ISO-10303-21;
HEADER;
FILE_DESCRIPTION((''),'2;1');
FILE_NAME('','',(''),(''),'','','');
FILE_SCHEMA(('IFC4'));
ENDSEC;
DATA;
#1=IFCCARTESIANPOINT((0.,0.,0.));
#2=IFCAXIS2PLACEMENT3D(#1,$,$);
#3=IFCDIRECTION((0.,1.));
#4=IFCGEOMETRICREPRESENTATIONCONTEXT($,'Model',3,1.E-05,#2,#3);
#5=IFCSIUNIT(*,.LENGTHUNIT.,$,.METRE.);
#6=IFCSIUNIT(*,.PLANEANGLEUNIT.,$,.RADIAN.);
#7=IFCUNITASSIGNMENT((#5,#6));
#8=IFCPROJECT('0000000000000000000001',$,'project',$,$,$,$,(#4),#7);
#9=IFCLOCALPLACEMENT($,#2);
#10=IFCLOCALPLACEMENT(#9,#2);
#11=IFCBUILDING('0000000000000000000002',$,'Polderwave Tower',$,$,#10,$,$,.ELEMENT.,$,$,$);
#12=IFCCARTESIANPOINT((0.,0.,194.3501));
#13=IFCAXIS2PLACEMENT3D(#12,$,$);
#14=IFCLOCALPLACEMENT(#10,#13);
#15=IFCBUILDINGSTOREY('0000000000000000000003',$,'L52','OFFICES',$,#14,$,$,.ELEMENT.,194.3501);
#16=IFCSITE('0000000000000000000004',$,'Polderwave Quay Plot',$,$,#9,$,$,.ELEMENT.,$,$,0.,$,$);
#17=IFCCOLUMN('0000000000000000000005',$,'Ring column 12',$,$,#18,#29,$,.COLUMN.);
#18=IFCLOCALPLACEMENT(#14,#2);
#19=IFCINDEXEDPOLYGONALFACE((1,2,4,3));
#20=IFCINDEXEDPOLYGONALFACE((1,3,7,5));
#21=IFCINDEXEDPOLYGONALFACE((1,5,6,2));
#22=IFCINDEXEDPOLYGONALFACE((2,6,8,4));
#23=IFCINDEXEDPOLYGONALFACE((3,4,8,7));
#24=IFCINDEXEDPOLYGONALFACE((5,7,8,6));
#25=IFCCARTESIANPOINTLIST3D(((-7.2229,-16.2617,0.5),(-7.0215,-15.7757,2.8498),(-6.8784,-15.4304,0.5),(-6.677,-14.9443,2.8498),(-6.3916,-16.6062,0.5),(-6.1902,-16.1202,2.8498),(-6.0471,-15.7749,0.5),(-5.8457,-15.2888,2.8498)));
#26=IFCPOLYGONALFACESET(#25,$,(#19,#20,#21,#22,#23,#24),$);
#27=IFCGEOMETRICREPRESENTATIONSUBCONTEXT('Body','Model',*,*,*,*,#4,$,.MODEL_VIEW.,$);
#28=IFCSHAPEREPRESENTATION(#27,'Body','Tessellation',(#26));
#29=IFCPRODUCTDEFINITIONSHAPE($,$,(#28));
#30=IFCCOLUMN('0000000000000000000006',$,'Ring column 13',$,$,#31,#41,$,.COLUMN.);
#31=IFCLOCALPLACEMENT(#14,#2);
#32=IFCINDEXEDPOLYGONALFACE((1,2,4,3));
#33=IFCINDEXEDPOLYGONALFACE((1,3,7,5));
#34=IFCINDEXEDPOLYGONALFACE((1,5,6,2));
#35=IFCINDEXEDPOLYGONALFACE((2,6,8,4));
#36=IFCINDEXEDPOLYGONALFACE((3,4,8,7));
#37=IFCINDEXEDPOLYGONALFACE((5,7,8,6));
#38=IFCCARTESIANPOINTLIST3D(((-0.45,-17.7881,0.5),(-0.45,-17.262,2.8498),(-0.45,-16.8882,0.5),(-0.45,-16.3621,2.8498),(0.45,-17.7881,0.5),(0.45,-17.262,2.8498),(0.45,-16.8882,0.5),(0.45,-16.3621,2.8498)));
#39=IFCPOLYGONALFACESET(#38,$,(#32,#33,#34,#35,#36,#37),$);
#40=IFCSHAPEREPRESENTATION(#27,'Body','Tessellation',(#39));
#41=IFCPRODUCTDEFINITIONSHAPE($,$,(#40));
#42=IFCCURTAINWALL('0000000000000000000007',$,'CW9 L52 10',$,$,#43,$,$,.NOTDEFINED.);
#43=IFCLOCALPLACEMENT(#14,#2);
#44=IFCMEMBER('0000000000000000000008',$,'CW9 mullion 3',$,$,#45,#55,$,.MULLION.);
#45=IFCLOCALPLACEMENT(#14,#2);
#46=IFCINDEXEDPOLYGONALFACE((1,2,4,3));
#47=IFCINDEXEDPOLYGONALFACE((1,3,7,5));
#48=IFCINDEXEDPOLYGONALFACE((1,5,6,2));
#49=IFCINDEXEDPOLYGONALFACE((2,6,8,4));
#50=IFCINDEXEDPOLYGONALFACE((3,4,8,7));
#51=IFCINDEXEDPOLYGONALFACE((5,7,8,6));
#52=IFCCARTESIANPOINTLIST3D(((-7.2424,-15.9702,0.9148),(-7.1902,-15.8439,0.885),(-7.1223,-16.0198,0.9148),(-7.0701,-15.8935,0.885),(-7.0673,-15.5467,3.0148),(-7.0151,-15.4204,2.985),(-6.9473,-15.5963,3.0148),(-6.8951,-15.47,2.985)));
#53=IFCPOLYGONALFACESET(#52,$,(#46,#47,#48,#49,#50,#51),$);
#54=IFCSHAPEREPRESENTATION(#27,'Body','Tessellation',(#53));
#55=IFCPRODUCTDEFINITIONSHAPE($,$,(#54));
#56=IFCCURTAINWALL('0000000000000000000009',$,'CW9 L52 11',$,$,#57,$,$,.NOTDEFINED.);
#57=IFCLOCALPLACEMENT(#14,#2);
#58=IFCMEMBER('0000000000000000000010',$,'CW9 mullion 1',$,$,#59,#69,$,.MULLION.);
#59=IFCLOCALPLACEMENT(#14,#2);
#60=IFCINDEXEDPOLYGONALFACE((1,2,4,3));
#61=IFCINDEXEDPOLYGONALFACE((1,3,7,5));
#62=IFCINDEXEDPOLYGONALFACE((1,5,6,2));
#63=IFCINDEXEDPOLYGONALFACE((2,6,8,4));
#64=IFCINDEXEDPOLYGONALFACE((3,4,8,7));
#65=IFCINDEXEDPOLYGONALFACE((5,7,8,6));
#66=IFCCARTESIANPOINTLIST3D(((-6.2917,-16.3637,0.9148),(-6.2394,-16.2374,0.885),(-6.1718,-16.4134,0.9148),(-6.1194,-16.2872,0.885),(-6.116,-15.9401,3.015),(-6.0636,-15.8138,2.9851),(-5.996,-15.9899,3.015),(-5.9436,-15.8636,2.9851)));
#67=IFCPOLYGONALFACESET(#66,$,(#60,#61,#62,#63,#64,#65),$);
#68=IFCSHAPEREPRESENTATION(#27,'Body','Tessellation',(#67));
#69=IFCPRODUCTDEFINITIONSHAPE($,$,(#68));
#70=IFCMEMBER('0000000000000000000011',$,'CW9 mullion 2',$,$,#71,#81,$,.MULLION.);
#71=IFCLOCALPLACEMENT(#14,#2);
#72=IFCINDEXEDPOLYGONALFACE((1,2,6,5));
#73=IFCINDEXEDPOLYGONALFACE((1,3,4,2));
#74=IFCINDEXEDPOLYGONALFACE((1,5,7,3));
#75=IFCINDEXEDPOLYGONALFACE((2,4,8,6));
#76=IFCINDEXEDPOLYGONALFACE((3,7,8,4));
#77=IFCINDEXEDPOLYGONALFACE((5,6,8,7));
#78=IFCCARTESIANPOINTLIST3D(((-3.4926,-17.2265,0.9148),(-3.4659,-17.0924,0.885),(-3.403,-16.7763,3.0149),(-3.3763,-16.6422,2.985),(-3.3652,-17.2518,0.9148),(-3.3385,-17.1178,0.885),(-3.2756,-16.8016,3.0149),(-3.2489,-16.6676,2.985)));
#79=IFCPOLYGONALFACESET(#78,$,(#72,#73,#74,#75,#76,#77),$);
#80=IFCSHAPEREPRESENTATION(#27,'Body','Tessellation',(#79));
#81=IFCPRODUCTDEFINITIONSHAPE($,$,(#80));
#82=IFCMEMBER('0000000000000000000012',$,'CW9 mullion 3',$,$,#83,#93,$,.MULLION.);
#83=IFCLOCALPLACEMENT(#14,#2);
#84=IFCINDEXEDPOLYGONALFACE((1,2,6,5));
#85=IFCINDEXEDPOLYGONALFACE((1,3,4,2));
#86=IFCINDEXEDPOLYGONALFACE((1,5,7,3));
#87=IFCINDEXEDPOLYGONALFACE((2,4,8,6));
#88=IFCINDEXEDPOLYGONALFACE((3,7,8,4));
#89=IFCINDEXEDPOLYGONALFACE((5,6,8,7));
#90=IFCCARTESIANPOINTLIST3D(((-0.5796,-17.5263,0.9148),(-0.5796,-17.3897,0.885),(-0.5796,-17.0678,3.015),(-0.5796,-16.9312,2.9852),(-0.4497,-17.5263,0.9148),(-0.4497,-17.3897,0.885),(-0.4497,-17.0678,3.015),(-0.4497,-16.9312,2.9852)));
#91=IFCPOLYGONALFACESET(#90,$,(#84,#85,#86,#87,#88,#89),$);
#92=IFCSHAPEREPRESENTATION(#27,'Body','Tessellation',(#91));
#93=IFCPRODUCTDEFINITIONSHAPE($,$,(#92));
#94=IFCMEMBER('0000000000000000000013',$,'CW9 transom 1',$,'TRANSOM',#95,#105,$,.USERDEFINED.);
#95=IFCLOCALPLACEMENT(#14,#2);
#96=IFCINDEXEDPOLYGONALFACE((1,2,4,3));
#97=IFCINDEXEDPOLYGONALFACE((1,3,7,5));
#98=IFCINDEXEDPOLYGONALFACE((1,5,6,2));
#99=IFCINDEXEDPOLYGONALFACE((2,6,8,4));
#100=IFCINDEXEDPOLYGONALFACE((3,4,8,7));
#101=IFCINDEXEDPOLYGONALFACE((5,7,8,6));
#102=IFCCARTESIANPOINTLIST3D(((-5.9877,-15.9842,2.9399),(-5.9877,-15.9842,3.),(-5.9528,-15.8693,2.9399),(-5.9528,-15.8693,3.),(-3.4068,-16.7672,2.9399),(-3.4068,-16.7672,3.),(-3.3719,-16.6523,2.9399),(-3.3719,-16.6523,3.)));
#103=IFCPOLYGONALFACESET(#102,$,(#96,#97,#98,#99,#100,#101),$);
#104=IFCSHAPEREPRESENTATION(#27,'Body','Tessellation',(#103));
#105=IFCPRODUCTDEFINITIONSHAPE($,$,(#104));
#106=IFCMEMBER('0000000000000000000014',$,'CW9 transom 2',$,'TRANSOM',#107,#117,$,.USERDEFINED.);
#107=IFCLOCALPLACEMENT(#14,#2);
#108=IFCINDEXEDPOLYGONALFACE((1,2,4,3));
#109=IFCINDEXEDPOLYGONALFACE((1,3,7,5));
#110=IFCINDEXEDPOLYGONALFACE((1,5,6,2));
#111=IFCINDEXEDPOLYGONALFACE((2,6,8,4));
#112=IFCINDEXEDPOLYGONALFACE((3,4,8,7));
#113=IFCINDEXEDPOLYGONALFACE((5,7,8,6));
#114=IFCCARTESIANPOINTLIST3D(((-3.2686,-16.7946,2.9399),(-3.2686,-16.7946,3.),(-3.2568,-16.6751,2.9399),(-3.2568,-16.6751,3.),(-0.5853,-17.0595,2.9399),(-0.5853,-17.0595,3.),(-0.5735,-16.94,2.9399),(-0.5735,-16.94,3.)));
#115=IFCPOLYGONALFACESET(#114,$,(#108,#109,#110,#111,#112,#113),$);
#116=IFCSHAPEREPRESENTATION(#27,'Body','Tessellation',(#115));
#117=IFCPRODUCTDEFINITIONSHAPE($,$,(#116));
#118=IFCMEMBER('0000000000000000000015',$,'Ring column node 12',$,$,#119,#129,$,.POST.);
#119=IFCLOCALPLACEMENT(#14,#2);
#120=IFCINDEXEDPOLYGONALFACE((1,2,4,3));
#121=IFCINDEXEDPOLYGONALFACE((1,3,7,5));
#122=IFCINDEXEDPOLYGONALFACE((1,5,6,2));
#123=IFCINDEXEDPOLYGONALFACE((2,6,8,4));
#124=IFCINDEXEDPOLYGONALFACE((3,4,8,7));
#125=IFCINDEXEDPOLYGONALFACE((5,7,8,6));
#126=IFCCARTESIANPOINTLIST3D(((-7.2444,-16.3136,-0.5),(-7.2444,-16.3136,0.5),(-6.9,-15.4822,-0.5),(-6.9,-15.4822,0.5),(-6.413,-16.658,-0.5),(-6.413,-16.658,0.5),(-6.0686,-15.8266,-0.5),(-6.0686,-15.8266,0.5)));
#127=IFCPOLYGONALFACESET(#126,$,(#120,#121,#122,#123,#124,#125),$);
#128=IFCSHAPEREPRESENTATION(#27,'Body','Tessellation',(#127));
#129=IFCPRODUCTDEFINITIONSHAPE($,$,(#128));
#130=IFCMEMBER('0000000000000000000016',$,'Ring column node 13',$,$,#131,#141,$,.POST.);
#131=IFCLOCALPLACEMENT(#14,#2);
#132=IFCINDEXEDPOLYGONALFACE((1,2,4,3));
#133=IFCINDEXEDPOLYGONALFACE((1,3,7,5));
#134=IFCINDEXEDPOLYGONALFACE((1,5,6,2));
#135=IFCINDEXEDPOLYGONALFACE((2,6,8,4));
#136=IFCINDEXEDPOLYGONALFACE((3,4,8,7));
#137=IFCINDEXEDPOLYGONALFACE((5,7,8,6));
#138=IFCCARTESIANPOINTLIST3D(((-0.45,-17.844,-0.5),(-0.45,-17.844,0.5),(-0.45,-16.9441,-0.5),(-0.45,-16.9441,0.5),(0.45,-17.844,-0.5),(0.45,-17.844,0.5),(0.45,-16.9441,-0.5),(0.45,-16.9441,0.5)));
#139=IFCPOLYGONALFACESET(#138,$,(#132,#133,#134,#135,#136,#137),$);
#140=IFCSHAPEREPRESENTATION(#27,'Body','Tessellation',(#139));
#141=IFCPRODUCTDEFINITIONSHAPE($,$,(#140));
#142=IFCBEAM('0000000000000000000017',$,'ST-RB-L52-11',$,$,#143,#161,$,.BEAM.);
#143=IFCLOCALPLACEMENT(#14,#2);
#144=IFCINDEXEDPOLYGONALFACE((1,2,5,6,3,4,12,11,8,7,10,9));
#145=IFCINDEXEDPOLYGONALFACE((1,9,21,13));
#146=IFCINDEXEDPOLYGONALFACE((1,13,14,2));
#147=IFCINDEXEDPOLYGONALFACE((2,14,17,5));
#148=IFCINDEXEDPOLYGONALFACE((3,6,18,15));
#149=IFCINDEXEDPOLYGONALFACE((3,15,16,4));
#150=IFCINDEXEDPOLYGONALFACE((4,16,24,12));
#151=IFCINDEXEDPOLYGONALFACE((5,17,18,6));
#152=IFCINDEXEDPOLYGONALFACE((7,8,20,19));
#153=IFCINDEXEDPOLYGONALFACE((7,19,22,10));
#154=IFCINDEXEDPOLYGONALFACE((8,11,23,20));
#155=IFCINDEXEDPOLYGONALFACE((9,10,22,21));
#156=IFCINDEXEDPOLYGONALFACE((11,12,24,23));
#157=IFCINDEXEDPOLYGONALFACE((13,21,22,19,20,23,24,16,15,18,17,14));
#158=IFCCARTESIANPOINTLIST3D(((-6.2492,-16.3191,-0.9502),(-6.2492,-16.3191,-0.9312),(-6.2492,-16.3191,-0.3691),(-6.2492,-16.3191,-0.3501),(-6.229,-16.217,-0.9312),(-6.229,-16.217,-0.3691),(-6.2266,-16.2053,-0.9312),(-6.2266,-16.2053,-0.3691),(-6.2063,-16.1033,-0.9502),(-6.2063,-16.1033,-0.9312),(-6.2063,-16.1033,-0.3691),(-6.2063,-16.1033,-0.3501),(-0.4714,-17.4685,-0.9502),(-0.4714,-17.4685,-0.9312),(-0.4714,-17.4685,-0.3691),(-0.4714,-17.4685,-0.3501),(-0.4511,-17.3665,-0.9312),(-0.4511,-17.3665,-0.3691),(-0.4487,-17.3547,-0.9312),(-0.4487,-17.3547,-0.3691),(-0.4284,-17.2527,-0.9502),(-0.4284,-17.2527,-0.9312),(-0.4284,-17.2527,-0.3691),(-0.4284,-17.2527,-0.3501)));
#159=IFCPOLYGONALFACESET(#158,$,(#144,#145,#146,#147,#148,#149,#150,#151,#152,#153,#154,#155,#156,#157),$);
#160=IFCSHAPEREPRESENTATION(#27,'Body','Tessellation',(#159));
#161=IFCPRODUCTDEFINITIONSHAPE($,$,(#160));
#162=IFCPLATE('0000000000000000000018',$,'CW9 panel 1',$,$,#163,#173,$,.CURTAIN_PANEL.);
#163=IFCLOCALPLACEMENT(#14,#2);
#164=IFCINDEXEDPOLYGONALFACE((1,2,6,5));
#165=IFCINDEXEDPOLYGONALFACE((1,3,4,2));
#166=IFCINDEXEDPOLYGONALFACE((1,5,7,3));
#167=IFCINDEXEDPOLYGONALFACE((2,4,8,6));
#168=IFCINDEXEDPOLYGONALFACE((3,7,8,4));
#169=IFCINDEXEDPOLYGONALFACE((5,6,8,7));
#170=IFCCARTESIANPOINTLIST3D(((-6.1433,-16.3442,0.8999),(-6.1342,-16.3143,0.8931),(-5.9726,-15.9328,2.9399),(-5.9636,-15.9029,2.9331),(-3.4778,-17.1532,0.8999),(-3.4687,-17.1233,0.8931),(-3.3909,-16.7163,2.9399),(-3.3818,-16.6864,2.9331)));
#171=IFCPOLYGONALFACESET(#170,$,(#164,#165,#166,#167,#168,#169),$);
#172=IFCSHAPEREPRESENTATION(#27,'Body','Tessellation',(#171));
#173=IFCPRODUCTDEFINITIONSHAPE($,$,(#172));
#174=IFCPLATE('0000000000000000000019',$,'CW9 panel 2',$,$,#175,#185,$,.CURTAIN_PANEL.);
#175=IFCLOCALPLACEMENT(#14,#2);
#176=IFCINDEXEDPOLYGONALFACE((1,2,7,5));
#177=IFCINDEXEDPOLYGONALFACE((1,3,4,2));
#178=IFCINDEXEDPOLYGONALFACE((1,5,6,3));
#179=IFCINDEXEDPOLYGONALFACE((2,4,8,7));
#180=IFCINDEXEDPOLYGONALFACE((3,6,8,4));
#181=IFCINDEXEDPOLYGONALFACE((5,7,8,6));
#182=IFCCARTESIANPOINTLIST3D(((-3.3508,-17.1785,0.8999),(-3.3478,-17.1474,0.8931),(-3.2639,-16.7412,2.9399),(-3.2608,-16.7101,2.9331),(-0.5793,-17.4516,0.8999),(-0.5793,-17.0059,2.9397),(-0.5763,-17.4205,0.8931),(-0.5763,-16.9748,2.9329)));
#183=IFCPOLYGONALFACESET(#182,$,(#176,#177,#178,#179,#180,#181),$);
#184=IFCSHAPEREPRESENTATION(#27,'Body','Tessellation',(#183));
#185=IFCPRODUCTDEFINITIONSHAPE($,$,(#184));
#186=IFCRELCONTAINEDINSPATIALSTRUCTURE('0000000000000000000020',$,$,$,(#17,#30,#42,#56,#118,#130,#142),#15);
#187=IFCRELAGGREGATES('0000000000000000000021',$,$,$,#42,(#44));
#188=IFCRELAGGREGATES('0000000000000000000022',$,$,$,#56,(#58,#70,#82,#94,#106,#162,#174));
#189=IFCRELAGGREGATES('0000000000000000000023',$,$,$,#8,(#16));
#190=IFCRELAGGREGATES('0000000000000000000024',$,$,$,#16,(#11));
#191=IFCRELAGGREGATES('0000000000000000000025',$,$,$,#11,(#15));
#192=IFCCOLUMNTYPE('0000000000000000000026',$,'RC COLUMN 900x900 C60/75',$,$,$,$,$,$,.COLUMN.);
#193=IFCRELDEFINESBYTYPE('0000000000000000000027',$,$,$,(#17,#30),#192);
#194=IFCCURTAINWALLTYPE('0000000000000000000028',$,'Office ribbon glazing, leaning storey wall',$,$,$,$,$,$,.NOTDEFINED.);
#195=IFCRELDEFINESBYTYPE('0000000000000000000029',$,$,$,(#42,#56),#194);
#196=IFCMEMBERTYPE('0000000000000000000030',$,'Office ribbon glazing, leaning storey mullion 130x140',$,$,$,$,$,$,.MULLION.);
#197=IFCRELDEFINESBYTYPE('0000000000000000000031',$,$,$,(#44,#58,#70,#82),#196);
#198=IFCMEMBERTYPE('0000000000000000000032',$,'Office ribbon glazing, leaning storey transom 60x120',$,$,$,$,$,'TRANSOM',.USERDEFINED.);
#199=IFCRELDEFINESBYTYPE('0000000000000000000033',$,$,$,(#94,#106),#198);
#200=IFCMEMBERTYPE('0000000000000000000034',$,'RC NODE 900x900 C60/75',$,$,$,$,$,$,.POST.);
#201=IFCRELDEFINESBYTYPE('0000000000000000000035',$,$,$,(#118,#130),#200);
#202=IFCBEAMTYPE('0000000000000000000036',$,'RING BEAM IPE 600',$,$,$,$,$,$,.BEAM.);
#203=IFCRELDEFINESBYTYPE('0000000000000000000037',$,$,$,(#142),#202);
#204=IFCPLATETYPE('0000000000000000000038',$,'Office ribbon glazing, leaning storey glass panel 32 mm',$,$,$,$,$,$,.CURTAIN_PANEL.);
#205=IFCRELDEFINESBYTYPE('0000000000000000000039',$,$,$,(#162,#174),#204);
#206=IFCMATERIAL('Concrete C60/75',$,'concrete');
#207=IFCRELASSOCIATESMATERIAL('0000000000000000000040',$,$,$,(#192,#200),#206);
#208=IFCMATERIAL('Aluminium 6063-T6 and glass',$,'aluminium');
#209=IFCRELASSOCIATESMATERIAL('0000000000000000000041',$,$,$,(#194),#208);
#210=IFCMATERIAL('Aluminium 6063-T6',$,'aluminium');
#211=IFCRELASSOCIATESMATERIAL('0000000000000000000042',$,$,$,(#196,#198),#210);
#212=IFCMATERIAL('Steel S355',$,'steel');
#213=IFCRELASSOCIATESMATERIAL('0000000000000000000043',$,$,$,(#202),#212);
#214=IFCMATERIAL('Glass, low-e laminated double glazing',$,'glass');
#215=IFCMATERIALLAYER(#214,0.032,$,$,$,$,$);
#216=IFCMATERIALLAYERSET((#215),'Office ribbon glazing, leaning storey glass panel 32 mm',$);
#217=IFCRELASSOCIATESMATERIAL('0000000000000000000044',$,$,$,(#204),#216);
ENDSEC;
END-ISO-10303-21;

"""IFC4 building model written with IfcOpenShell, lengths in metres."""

from ifc_helpers import new_model, si_unit, direction, frame, origin, origin_2d, place, context, subcontext, project, spatial, polyline, rectangle, i_section, outline, extrude, material, layer, layer_set, material_profile, profile_set, type_object, element, aggregate, save


model = new_model("IFC4")

# Units and contexts
model_context = context("Model", 3, precision=1e-05, world=origin(), true_north=direction((0.0, 1.0)))
body_context = subcontext(model_context, "Body", "Model", "MODEL_VIEW")
ifc_project = project(units=[si_unit("LENGTHUNIT", "METRE"), si_unit("PLANEANGLEUNIT", "RADIAN")], contexts=[model_context])

# Site, building, storey
site_placement = place(None, origin())
site = spatial("IfcSite", under=ifc_project, at=site_placement, Name="Polderwave Quay Plot", CompositionType="ELEMENT", RefElevation=0.0)
building_placement = place(site_placement, origin())
building = spatial("IfcBuilding", under=site, at=building_placement, Name="Polderwave Tower", CompositionType="ELEMENT")
storey_placement = place(building_placement, frame((0.0, 0.0, 194.3501)))
storey = spatial("IfcBuildingStorey", under=building, at=storey_placement, Name="L52", Description="OFFICES", CompositionType="ELEMENT", Elevation=194.3501)

# Columns
ifc_material_1 = material(Name="Concrete C60/75", Category="concrete")
ifc_material_profile_1 = material_profile(ifc_material_1, rectangle(XDim=0.8999, YDim=0.8999, at=origin_2d()), Name="RC 900x900")
ifc_profile_set_1 = profile_set([ifc_material_profile_1], Name="Concrete C60/75")
column_type = type_object("IfcColumnType", Name="RC COLUMN 900x900 C60/75", PredefinedType="COLUMN", material=ifc_profile_set_1)
column_1_placement = place(storey_placement, frame((-6.635, -16.0183, 0.5), z_axis=(0.0, 0.0, 1.0), x_axis=(-0.92383, 0.382803, 0.0)))
element("IfcColumn", 1, at=column_1_placement, inside=storey, type_object=column_type, Name="Ring column 12", PredefinedType="COLUMN", context=body_context, shape_type="SweptSolid", body=[
    extrude(rectangle(XDim=0.8999, YDim=0.8999, at=origin_2d()), origin(), (0.0, -0.218502, 0.975836), 2.408),
])
column_2_placement = place(storey_placement, frame((0.0, -17.3381, 0.5), z_axis=(0.0, 0.0, 1.0), x_axis=(-1.0, 0.0, 0.0)))
element("IfcColumn", 2, at=column_2_placement, inside=storey, type_object=column_type, Name="Ring column 13", PredefinedType="COLUMN", context=body_context, shape_type="SweptSolid", body=[
    extrude(rectangle(XDim=0.8999, YDim=0.8999, at=origin_2d()), origin(), (0.0, -0.218487, 0.97584), 2.408),
])

# Curtain wall, member
ifc_material_2 = material(Name="Aluminium 6063-T6 and glass", Category="aluminium")
curtain_wall_type = type_object("IfcCurtainWallType", Name="Office ribbon glazing, leaning storey wall", PredefinedType="NOTDEFINED", material=ifc_material_2)
curtain_wall_1_placement = place(storey_placement, origin())
curtain_wall_1 = element("IfcCurtainWall", 3, at=curtain_wall_1_placement, inside=storey, type_object=curtain_wall_type, Name="CW9 L52 10", PredefinedType="NOTDEFINED")
ifc_material_3 = material(Name="Aluminium 6063-T6", Category="aluminium")
ifc_material_profile_2 = material_profile(ifc_material_3, rectangle(XDim=0.1299, YDim=0.1399, at=origin_2d()), Name="AL 130x140")
ifc_profile_set_2 = profile_set([ifc_material_profile_2], Name="Aluminium 6063-T6")
member_type_1 = type_object("IfcMemberType", Name="Office ribbon glazing, leaning storey mullion 130x140", PredefinedType="MULLION", material=ifc_profile_set_2)
member_1_placement = place(storey_placement, frame((-7.1562, -15.9319, 0.8999), z_axis=(0.081436, 0.197059, 0.977004), x_axis=(-0.924192, 0.381928, 0.0)))
member_1 = element("IfcMember", 4, at=member_1_placement, type_object=member_type_1, Name="CW9 mullion 3", PredefinedType="MULLION", context=body_context, shape_type="SweptSolid", body=[
    extrude(rectangle(XDim=0.1299, YDim=0.1399, at=origin_2d()), origin(), (0.0, 0.0, 1.0), 2.1494),
])
aggregate(curtain_wall_1, [member_1])

# Curtain wall, members
curtain_wall_2_placement = place(storey_placement, origin())
curtain_wall_2 = element("IfcCurtainWall", 5, at=curtain_wall_2_placement, inside=storey, type_object=curtain_wall_type, Name="CW9 L52 11", PredefinedType="NOTDEFINED")
member_2_placement = place(storey_placement, frame((-6.2056, -16.3254, 0.8999), z_axis=(0.081774, 0.197053, 0.976976), x_axis=(-0.923627, 0.383292, 0.0)))
member_2 = element("IfcMember", 6, at=member_2_placement, type_object=member_type_1, Name="CW9 mullion 1", PredefinedType="MULLION", context=body_context, shape_type="SweptSolid", body=[
    extrude(rectangle(XDim=0.1299, YDim=0.1399, at=origin_2d()), origin(), (0.0, 0.0, 1.0), 2.1497),
])
member_3_placement = place(storey_placement, frame((-3.4155, -17.1721, 0.8999), z_axis=(0.04168, 0.209425, 0.976936), x_axis=(-0.980764, 0.195196, 0.0)))
member_3 = element("IfcMember", 7, at=member_3_placement, type_object=member_type_1, Name="CW9 mullion 2", PredefinedType="MULLION", context=body_context, shape_type="SweptSolid", body=[
    extrude(rectangle(XDim=0.1299, YDim=0.1399, at=origin_2d()), origin(), (0.0, 0.0, 1.0), 2.1497),
])
member_4_placement = place(storey_placement, frame((-0.5146, -17.458, 0.8999), z_axis=(0.0, 0.213297, 0.976987), x_axis=(-1.0, 0.0, 0.0)))
member_4 = element("IfcMember", 8, at=member_4_placement, type_object=member_type_1, Name="CW9 mullion 3", PredefinedType="MULLION", context=body_context, shape_type="SweptSolid", body=[
    extrude(rectangle(XDim=0.1299, YDim=0.1399, at=origin_2d()), origin(), (0.0, 0.0, 1.0), 2.1497),
])
ifc_material_profile_3 = material_profile(ifc_material_3, rectangle(XDim=0.1201, YDim=0.0601, at=origin_2d()), Name="AL 60x120")
ifc_profile_set_3 = profile_set([ifc_material_profile_3], Name="Aluminium 6063-T6")
member_type_2 = type_object("IfcMemberType", Name="Office ribbon glazing, leaning storey transom 60x120", ElementType="TRANSOM", PredefinedType="USERDEFINED", material=ifc_profile_set_3)
member_5_placement = place(storey_placement, frame((-5.9702, -15.9268, 2.97), z_axis=(0.956932, -0.290311, 0.0), x_axis=(0.290311, 0.956932, 0.0)))
member_5 = element("IfcMember", 9, at=member_5_placement, type_object=member_type_2, Name="CW9 transom 1", ObjectType="TRANSOM", PredefinedType="USERDEFINED", context=body_context, shape_type="SweptSolid", body=[
    extrude(rectangle(XDim=0.1201, YDim=0.0601, at=origin_2d()), origin(), (0.0, 0.0, 1.0), 2.697),
])
member_6_placement = place(storey_placement, frame((-3.2627, -16.7349, 2.97), z_axis=(0.995163, -0.09824, 0.0), x_axis=(0.09824, 0.995163, 0.0)))
member_6 = element("IfcMember", 10, at=member_6_placement, type_object=member_type_2, Name="CW9 transom 2", ObjectType="TRANSOM", PredefinedType="USERDEFINED", context=body_context, shape_type="SweptSolid", body=[
    extrude(rectangle(XDim=0.1201, YDim=0.0601, at=origin_2d()), origin(), (0.0, 0.0, 1.0), 2.6963),
])

# Members
ifc_material_profile_4 = material_profile(ifc_material_1, rectangle(XDim=0.8999, YDim=0.8999, at=origin_2d()), Name="RC 900x900")
ifc_profile_set_4 = profile_set([ifc_material_profile_4], Name="Concrete C60/75")
member_type_3 = type_object("IfcMemberType", Name="RC NODE 900x900 C60/75", PredefinedType="POST", material=ifc_profile_set_4)
for number, where, z_axis, x_axis, name in (
    (11, (-6.6565, -16.0701, -0.5), (0.0, 0.0, 1.0), (-0.382683, -0.92388, 0.0), "Ring column node 12"),
    (12, (0.0, -17.394, -0.5), (0.0, 0.0, 1.0), (0.0, -1.0, 0.0), "Ring column node 13"),
):
    element("IfcMember", number, at=place(storey_placement, frame(where, z_axis=z_axis, x_axis=x_axis)), inside=storey, type_object=member_type_3, Name=name, PredefinedType="POST", context=body_context, shape_type="SweptSolid", body=[
        extrude(rectangle(XDim=0.8999, YDim=0.8999, at=origin_2d()), origin(), (0.0, 0.0, 1.0), 1.0),
    ])

# Beam
ifc_material_4 = material(Name="Steel S355", Category="steel")
ifc_material_profile_5 = material_profile(ifc_material_4, i_section(OverallWidth=0.22, OverallDepth=0.6001, WebThickness=0.012, FlangeThickness=0.019, at=origin_2d()), Name="IPE 600")
ifc_profile_set_5 = profile_set([ifc_material_profile_5], Name="Steel S355")
beam_type = type_object("IfcBeamType", Name="RING BEAM IPE 600", PredefinedType="BEAM", material=ifc_profile_set_5)
beam_placement = place(storey_placement, frame((-6.2278, -16.2112, -0.6501), z_axis=(0.980781, -0.195112, 0.0), x_axis=(0.195112, 0.980781, 0.0)))
element("IfcBeam", 13, at=beam_placement, inside=storey, type_object=beam_type, Name="ST-RB-L52-11", PredefinedType="BEAM", context=body_context, shape_type="SweptSolid", body=[
    extrude(i_section(OverallWidth=0.22, OverallDepth=0.6001, WebThickness=0.012, FlangeThickness=0.019, at=origin_2d()), origin(), (0.0, 0.0, 1.0), 5.8911),
])

# Plates
ifc_material_5 = material(Name="Glass, low-e laminated double glazing", Category="glass")
ifc_layer_1 = layer(ifc_material_5, 0.032)
ifc_layer_set_1 = layer_set([ifc_layer_1], Name="Office ribbon glazing, leaning storey glass panel 32 mm")
plate_type = type_object("IfcPlateType", Name="Office ribbon glazing, leaning storey glass panel 32 mm", PredefinedType="CURTAIN_PANEL", material=ifc_layer_set_1)
plate_1_placement = place(storey_placement, frame((-6.1433, -16.3442, 0.8999), z_axis=(-0.283791, -0.935078, 0.21235), x_axis=(0.956901, -0.290416, -0.000008)))
plate_1 = element("IfcPlate", 14, at=plate_1_placement, type_object=plate_type, Name="CW9 panel 1", PredefinedType="CURTAIN_PANEL", context=body_context, shape_type="SweptSolid", body=[
    extrude(outline(polyline([(0.0, 0.0), (2.7856, 0.0), (2.7419, 2.0877), (0.0438, 2.0876), (0.0, 0.0)])), origin(), (0.0, 0.0, -1.0), 0.032),
])
plate_2_placement = place(storey_placement, frame((-3.3508, -17.1785, 0.8999), z_axis=(-0.095851, -0.972444, 0.212522), x_axis=(0.995177, -0.098092, -0.000001)))
plate_2 = element("IfcPlate", 15, at=plate_2_placement, type_object=plate_type, Name="CW9 panel 2", PredefinedType="CURTAIN_PANEL", context=body_context, shape_type="SweptSolid", body=[
    extrude(outline(polyline([(0.0, 0.0), (2.7849, 0.0), (2.7412, 2.0875), (0.0436, 2.0877), (0.0, 0.0)])), origin(), (0.0, 0.0, -1.0), 0.032),
])
aggregate(curtain_wall_2, [member_2, member_3, member_4, member_5, member_6, plate_1, plate_2])

save(model, "model.ifc")
